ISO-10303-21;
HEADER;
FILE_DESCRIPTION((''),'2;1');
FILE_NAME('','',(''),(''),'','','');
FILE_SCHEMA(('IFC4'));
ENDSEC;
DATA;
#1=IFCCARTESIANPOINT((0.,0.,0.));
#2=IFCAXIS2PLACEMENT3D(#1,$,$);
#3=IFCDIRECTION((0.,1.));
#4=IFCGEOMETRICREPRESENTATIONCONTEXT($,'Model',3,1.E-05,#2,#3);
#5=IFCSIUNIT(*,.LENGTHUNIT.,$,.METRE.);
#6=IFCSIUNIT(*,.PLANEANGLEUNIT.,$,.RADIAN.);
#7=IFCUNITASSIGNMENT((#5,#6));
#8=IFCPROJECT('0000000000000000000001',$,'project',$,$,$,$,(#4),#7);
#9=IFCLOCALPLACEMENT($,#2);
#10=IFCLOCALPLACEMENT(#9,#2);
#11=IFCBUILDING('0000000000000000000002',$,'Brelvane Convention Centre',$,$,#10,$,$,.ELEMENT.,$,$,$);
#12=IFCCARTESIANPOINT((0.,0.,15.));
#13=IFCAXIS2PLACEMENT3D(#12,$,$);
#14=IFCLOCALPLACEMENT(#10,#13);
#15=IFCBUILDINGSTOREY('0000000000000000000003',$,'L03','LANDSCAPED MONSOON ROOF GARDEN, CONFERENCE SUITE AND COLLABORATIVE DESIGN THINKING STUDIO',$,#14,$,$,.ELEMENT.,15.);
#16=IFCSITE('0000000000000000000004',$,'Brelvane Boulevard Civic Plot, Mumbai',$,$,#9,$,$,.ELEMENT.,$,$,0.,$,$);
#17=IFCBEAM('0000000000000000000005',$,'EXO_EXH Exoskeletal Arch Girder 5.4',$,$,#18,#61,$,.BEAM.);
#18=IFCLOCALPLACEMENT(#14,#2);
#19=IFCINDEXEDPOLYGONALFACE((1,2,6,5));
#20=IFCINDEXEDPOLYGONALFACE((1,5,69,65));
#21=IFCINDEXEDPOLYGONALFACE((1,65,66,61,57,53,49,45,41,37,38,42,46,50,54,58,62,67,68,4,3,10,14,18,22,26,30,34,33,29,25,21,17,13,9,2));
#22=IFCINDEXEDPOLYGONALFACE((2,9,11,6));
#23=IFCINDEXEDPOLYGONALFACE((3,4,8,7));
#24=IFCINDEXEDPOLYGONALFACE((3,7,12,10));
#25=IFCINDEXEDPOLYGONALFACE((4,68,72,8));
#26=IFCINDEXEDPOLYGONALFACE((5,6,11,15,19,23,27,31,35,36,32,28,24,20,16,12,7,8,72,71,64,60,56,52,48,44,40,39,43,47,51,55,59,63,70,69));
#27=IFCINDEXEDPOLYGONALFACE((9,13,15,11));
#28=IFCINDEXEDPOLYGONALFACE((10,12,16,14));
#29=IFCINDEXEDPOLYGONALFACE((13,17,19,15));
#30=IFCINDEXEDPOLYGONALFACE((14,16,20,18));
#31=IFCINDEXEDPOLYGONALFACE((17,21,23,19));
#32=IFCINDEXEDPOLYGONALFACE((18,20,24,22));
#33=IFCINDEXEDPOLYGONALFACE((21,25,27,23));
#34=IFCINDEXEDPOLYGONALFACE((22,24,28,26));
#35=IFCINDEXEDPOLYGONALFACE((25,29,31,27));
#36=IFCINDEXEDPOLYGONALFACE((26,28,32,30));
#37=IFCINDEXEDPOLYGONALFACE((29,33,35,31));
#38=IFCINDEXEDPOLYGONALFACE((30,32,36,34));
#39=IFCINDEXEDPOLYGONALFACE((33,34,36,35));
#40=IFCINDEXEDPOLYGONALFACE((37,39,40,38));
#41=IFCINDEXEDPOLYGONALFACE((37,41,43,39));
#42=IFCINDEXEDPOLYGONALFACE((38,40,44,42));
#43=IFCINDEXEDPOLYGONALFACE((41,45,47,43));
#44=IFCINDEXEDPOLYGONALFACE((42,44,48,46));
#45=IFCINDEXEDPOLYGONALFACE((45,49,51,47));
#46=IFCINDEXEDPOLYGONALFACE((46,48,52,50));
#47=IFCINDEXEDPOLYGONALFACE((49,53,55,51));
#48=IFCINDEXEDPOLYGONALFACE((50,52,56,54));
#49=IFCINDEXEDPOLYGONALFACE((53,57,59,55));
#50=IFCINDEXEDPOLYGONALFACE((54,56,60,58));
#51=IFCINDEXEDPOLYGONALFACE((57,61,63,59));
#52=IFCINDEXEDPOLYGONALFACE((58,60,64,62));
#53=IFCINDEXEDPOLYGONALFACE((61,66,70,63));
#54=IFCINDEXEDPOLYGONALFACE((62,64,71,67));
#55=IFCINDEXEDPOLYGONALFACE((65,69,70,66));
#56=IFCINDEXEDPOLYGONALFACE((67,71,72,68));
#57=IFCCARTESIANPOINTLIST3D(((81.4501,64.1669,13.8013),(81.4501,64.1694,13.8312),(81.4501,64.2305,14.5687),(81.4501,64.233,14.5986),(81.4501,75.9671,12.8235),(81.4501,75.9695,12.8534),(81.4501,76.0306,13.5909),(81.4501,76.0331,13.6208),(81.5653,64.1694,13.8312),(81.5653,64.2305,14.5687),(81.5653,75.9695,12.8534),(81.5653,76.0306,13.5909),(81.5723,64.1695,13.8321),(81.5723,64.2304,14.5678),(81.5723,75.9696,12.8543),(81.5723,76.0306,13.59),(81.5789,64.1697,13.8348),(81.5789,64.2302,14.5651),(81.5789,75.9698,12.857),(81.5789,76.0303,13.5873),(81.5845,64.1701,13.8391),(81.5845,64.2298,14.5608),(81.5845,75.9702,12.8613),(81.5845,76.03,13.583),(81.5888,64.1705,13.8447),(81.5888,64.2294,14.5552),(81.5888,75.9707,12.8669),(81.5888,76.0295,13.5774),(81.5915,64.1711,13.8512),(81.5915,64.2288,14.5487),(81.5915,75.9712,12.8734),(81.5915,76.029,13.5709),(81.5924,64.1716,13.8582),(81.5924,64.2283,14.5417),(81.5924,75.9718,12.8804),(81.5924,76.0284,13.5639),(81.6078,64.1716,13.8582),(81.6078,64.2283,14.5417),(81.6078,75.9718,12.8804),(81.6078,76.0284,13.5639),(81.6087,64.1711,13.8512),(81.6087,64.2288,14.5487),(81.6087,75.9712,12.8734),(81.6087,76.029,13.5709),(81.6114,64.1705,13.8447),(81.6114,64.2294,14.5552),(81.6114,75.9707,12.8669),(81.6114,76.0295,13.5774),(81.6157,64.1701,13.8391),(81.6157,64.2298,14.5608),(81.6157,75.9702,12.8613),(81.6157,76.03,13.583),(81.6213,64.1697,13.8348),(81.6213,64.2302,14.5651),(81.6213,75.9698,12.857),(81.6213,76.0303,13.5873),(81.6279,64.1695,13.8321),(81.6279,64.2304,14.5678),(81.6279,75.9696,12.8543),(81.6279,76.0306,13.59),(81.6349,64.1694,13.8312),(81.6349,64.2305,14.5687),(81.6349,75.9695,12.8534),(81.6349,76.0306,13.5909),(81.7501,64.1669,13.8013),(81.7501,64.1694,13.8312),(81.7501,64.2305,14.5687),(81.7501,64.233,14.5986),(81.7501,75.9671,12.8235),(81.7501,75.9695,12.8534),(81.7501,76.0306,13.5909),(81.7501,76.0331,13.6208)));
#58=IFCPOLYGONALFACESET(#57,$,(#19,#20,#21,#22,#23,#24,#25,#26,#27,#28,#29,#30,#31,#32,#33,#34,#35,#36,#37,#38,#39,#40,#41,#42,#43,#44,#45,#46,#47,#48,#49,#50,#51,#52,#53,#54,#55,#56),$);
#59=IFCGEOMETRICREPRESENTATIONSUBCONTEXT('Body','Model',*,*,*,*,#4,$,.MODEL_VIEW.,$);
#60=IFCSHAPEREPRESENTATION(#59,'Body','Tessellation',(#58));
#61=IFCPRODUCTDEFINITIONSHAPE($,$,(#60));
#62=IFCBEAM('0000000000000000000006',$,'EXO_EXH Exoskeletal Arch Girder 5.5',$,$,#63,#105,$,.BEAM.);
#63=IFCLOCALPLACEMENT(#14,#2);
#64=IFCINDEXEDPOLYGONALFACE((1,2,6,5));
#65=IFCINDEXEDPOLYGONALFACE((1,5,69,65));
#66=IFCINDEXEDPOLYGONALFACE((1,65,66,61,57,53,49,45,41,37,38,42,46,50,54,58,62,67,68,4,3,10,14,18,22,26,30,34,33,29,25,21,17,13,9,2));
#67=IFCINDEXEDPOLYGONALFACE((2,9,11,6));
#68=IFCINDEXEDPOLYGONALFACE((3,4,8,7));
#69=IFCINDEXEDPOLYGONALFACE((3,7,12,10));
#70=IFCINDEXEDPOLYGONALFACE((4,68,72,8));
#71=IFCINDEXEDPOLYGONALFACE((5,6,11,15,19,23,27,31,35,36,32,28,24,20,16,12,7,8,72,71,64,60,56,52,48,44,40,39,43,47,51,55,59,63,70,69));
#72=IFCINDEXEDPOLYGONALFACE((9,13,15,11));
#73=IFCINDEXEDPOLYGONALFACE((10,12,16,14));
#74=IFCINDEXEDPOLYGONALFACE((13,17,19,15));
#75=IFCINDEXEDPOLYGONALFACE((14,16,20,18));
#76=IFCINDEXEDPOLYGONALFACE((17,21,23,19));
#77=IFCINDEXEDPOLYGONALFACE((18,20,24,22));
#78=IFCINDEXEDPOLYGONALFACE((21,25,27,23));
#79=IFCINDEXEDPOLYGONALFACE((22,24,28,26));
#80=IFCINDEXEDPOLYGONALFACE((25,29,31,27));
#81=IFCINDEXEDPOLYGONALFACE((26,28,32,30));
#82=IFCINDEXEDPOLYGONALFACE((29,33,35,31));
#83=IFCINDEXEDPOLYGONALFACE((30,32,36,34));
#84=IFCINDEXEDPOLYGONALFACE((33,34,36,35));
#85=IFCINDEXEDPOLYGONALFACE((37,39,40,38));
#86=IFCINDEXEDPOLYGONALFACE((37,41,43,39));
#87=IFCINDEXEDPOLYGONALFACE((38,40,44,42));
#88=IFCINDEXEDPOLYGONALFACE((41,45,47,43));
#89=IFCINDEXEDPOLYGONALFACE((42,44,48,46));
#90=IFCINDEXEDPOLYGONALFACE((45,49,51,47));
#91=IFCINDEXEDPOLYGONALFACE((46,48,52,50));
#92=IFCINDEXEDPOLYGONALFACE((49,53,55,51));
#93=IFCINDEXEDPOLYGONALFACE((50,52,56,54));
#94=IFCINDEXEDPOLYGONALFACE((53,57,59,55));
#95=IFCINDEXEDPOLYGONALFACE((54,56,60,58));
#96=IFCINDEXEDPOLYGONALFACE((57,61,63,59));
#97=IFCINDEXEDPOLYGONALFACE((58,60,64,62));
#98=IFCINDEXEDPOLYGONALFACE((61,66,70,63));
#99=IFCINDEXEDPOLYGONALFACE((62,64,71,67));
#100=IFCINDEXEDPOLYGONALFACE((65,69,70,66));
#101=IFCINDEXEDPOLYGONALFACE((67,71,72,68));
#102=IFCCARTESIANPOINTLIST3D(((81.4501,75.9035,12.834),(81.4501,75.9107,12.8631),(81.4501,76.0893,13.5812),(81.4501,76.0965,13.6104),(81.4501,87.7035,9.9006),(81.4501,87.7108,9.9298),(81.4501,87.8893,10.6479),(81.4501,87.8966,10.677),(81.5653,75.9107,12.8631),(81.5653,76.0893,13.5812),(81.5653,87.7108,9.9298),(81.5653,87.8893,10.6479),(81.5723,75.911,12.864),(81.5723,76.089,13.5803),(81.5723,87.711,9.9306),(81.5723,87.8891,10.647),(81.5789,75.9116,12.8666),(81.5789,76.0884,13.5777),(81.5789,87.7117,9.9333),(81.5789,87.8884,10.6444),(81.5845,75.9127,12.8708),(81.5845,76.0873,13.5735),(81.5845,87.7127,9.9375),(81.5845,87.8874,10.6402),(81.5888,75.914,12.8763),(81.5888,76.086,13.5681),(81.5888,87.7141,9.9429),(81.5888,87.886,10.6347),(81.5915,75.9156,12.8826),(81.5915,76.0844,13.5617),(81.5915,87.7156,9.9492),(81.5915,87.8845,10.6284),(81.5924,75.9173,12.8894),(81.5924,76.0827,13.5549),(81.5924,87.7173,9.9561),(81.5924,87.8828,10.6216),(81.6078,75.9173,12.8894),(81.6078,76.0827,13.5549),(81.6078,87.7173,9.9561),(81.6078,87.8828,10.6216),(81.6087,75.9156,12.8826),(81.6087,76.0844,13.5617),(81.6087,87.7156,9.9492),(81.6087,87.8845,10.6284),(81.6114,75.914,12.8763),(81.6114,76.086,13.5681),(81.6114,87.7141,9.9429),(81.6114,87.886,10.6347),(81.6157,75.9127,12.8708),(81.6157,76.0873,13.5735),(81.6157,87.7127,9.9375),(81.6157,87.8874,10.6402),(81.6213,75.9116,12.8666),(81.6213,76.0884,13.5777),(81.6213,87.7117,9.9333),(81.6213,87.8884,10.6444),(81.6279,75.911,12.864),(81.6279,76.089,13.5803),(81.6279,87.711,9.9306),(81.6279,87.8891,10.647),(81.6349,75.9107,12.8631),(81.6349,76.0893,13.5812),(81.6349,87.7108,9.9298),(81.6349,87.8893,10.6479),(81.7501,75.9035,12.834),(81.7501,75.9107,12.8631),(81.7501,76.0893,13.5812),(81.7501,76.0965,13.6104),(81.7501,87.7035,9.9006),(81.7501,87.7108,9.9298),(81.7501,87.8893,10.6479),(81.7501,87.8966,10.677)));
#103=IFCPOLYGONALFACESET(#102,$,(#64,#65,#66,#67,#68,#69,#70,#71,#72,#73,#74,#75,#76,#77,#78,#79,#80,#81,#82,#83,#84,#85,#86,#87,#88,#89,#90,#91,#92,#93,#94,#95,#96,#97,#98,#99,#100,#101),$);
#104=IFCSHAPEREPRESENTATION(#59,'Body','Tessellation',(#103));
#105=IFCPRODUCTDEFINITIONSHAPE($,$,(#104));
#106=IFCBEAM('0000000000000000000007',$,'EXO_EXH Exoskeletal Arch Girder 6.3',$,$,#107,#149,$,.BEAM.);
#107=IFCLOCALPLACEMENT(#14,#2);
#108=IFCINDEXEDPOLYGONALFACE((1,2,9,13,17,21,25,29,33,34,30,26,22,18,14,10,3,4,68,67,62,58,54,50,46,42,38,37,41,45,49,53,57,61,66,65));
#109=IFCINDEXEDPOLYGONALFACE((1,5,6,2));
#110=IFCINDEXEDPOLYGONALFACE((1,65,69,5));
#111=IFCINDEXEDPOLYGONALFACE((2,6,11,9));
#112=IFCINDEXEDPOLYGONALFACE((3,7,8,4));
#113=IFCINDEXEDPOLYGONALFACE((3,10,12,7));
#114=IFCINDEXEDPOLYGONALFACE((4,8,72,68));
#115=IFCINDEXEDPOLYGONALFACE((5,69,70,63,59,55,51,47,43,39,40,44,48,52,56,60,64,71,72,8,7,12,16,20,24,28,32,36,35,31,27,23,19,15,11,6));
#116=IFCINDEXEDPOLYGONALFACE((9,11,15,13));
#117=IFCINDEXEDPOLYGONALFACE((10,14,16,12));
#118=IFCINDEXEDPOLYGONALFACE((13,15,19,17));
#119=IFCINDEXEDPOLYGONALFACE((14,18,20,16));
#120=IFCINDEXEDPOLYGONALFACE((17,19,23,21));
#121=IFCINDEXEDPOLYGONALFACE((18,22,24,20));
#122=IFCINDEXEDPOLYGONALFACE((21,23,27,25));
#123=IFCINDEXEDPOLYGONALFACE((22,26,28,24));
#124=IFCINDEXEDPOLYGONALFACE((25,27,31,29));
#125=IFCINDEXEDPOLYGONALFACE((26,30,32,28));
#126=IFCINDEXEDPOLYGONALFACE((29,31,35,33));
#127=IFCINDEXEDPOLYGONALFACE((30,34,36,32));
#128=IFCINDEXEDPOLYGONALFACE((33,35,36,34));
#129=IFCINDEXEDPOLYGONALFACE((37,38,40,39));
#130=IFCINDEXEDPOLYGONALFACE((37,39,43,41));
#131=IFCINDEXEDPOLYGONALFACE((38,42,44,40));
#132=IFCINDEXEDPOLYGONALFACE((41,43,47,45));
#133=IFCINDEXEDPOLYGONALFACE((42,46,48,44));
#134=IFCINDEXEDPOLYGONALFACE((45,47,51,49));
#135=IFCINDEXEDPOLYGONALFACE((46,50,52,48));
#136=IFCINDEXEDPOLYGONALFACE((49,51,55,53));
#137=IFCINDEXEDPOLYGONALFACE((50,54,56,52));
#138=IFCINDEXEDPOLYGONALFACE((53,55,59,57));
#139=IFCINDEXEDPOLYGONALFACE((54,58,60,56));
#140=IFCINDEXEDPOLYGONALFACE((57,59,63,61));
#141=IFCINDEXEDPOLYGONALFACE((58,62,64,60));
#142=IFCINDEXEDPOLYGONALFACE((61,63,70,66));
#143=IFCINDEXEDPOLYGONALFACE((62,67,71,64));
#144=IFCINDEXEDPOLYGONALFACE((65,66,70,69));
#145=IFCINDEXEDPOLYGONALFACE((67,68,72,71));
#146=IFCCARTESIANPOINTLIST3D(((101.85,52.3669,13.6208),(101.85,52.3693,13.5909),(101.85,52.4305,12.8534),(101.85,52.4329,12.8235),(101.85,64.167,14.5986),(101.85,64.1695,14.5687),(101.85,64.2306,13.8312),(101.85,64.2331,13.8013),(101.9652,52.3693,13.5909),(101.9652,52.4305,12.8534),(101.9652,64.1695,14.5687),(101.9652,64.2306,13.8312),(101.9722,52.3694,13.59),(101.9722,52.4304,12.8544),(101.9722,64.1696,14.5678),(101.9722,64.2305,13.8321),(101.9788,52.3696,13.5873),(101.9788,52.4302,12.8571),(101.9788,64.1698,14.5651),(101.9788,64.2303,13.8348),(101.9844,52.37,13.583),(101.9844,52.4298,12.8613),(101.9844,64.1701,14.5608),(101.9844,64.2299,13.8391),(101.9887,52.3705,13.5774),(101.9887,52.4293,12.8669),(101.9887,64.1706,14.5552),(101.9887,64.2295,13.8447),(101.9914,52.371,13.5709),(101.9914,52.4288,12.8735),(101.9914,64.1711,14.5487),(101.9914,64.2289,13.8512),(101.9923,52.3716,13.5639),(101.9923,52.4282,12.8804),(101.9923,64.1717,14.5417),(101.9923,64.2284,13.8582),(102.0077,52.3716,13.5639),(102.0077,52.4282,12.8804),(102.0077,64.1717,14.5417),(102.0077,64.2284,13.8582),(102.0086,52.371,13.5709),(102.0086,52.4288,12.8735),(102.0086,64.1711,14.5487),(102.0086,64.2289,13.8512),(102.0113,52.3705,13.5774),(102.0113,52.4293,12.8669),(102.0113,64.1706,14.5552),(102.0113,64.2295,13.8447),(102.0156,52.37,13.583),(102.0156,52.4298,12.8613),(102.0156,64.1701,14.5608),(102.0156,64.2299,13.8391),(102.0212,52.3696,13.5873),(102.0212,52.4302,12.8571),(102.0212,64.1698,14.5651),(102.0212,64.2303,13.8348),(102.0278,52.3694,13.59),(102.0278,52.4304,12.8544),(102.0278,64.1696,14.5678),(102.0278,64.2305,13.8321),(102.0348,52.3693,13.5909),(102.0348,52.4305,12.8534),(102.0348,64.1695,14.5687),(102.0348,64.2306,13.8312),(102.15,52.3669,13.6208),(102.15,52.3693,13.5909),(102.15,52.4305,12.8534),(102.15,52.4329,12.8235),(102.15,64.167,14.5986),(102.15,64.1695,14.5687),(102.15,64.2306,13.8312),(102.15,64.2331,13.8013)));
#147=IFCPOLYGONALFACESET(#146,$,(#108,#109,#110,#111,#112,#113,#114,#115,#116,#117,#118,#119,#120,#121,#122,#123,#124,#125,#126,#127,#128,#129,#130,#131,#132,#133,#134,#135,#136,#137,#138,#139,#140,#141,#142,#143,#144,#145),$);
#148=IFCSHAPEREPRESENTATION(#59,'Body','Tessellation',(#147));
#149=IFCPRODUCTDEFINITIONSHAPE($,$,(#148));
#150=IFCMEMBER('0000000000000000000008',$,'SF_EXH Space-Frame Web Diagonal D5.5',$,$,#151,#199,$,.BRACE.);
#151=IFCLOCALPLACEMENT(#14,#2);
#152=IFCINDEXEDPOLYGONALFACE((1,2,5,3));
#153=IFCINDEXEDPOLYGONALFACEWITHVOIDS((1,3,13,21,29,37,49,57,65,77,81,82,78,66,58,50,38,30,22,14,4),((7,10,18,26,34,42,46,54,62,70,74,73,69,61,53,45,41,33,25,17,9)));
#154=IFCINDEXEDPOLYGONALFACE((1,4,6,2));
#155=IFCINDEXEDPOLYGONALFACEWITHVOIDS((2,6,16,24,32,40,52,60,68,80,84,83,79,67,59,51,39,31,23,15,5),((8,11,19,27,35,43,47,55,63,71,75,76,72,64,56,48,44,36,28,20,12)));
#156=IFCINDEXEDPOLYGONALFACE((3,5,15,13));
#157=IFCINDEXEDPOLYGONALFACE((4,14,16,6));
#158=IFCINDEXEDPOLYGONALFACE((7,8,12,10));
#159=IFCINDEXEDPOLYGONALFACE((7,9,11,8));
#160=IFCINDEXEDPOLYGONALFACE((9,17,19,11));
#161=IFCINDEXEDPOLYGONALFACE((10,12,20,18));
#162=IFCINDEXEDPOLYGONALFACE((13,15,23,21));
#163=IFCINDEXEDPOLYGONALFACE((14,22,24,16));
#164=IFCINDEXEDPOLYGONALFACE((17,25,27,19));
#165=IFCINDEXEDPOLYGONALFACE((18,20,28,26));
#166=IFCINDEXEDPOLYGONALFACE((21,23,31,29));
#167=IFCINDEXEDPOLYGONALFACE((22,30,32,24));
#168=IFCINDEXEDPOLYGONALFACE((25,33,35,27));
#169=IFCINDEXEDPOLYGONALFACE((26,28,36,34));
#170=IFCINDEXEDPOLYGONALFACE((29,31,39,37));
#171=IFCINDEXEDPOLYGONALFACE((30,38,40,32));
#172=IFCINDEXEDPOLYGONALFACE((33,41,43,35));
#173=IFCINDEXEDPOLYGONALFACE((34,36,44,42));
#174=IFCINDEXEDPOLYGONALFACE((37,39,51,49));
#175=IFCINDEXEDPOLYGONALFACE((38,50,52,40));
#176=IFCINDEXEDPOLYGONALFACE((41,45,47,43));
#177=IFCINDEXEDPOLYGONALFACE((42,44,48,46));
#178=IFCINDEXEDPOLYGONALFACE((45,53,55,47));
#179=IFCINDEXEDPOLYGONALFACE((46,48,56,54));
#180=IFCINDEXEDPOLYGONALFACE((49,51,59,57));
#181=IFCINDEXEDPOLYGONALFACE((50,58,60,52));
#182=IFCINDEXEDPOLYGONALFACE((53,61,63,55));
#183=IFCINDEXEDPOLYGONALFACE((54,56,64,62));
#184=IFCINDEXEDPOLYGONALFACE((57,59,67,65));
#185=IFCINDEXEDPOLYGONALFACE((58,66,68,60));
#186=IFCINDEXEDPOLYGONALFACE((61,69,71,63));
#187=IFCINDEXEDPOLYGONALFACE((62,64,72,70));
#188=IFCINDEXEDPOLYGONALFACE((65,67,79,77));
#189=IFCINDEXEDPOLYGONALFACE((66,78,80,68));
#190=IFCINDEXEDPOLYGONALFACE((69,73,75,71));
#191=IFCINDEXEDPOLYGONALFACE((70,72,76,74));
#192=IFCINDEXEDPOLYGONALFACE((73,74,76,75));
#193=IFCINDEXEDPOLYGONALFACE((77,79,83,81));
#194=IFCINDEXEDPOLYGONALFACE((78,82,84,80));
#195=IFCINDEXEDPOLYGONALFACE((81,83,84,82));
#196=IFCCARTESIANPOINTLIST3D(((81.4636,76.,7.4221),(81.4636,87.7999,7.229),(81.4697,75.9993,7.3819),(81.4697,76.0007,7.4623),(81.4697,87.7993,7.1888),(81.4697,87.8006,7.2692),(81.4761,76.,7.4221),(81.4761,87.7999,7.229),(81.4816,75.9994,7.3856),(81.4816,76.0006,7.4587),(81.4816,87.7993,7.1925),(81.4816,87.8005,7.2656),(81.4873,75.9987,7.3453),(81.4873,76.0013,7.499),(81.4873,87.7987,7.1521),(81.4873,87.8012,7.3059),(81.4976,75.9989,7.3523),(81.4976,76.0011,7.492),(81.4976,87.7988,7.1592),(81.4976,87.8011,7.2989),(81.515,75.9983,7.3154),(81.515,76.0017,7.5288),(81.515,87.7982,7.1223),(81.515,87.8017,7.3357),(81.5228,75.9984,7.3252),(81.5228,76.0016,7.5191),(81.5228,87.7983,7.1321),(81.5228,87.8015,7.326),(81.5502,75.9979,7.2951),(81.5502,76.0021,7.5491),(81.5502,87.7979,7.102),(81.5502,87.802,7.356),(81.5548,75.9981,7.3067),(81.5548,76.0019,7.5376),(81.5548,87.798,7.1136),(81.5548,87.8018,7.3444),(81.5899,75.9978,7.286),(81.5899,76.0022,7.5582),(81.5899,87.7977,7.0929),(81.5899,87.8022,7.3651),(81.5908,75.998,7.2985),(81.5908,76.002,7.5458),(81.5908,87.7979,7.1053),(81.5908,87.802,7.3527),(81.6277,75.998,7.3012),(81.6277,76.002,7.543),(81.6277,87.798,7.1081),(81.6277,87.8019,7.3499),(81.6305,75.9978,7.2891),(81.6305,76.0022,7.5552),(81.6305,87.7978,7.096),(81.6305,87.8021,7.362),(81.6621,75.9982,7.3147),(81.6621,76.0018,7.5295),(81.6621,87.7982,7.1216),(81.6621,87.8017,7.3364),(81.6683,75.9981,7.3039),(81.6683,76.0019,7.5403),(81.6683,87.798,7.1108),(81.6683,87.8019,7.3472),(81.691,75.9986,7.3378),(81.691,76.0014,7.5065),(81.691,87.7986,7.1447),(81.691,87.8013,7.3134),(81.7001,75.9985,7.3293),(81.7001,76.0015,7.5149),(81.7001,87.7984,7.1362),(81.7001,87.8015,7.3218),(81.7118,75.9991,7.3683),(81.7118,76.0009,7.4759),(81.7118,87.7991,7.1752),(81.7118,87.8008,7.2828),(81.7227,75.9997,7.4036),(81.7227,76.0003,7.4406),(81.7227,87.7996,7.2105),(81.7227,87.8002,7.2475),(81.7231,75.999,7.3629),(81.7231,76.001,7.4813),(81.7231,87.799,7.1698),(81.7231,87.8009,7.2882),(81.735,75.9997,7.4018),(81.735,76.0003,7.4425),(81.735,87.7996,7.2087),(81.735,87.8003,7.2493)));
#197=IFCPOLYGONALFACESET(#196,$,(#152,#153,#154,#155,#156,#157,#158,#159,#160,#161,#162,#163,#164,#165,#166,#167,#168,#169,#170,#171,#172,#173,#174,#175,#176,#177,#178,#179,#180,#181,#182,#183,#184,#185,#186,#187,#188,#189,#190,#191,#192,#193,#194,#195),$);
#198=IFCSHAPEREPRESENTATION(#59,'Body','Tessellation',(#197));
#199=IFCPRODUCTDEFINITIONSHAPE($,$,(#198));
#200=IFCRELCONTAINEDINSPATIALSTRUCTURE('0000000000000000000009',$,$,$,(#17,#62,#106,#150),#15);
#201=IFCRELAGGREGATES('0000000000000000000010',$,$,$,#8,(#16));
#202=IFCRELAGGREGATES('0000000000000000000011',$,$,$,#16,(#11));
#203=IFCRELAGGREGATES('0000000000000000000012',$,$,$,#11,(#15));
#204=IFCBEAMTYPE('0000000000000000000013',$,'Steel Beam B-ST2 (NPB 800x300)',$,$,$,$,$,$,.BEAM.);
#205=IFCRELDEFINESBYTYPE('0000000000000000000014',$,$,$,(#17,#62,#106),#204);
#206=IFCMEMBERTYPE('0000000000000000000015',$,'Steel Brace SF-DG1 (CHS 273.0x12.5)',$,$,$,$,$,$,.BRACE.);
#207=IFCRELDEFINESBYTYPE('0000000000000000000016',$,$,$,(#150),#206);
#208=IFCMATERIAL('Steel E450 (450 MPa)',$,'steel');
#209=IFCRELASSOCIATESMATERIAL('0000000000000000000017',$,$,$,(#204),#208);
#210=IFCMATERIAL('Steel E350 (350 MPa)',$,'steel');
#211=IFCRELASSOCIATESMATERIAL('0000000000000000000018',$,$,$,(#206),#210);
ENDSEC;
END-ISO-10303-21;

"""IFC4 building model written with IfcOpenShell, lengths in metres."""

from ifc_helpers import new_model, si_unit, direction, frame, origin, origin_2d, place, context, subcontext, project, spatial, hollow_circle, i_section, extrude, material, material_profile, profile_set, type_object, element, save


model = new_model("IFC4")

# Units and contexts
model_context = context("Model", 3, precision=1e-05, world=origin(), true_north=direction((0.0, 1.0)))
body_context = subcontext(model_context, "Body", "Model", "MODEL_VIEW")
ifc_project = project(units=[si_unit("LENGTHUNIT", "METRE"), si_unit("PLANEANGLEUNIT", "RADIAN")], contexts=[model_context])

# Site, building, storey
site_placement = place(None, origin())
site = spatial("IfcSite", under=ifc_project, at=site_placement, Name="Brelvane Boulevard Civic Plot, Mumbai", CompositionType="ELEMENT", RefElevation=0.0)
building_placement = place(site_placement, origin())
building = spatial("IfcBuilding", under=site, at=building_placement, Name="Brelvane Convention Centre", CompositionType="ELEMENT")
storey_placement = place(building_placement, frame((0.0, 0.0, 15.0)))
storey = spatial("IfcBuildingStorey", under=building, at=storey_placement, Name="L03", Description="LANDSCAPED MONSOON ROOF GARDEN, CONFERENCE SUITE AND COLLABORATIVE DESIGN THINKING STUDIO", CompositionType="ELEMENT", Elevation=15.0)

# Beams
ifc_material_1 = material(Name="Steel E450 (450 MPa)", Category="steel")
ifc_material_profile_1 = material_profile(ifc_material_1, i_section(OverallWidth=0.3, OverallDepth=0.8, WebThickness=0.0154, FlangeThickness=0.03, FilletRadius=0.0271, at=origin_2d()), Name="NPB 800x300")
ifc_profile_set_1 = profile_set([ifc_material_profile_1], Name="Steel E450 (450 MPa)")
beam_type = type_object("IfcBeamType", Name="Steel Beam B-ST2 (NPB 800x300)", PredefinedType="BEAM", material=ifc_profile_set_1)
beam_1_placement = place(storey_placement, frame((81.6001, 64.2, 14.2), z_axis=(0.0, 0.996584, -0.08258), x_axis=(-1.0, 0.0, 0.0)))
element("IfcBeam", 1, at=beam_1_placement, inside=storey, type_object=beam_type, Name="EXO_EXH Exoskeletal Arch Girder 5.4", PredefinedType="BEAM", context=body_context, shape_type="SweptSolid", body=[
    extrude(i_section(OverallWidth=0.3, OverallDepth=0.8, WebThickness=0.0154, FlangeThickness=0.03, FilletRadius=0.0271, at=origin_2d()), origin(), (0.0, 0.0, 1.0), 11.8406),
])
beam_2_placement = place(storey_placement, frame((81.6001, 76.0, 13.2222), z_axis=(0.0, 0.970464, -0.241246), x_axis=(-1.0, 0.0, 0.0)))
element("IfcBeam", 2, at=beam_2_placement, inside=storey, type_object=beam_type, Name="EXO_EXH Exoskeletal Arch Girder 5.5", PredefinedType="BEAM", context=body_context, shape_type="SweptSolid", body=[
    extrude(i_section(OverallWidth=0.3, OverallDepth=0.8, WebThickness=0.0154, FlangeThickness=0.03, FilletRadius=0.0271, at=origin_2d()), origin(), (0.0, 0.0, 1.0), 12.1592),
])
beam_3_placement = place(storey_placement, frame((102.0, 52.3999, 13.2222), z_axis=(0.0, 0.996584, 0.08258), x_axis=(-1.0, 0.0, 0.0)))
element("IfcBeam", 3, at=beam_3_placement, inside=storey, type_object=beam_type, Name="EXO_EXH Exoskeletal Arch Girder 6.3", PredefinedType="BEAM", context=body_context, shape_type="SweptSolid", body=[
    extrude(i_section(OverallWidth=0.3, OverallDepth=0.8, WebThickness=0.0154, FlangeThickness=0.03, FilletRadius=0.0271, at=origin_2d()), origin(), (0.0, 0.0, 1.0), 11.8406),
])

# Member
ifc_material_2 = material(Name="Steel E350 (350 MPa)", Category="steel")
ifc_material_profile_2 = material_profile(ifc_material_2, hollow_circle(Radius=0.1365, WallThickness=0.0125, at=origin_2d()), Name="CHS 273.0x12.5")
ifc_profile_set_2 = profile_set([ifc_material_profile_2], Name="Steel E350 (350 MPa)")
member_type_1 = type_object("IfcMemberType", Name="Steel Brace SF-DG1 (CHS 273.0x12.5)", PredefinedType="BRACE", material=ifc_profile_set_2)
member_1_placement = place(storey_placement, frame((81.6001, 76.0, 7.4221), z_axis=(0.0, 0.999866, -0.016363), x_axis=(-1.0, 0.0, 0.0)))
element("IfcMember", 4, at=member_1_placement, inside=storey, type_object=member_type_1, Name="SF_EXH Space-Frame Web Diagonal D5.5", PredefinedType="BRACE", context=body_context, shape_type="SweptSolid", body=[
    extrude(hollow_circle(Radius=0.1365, WallThickness=0.0125, at=origin_2d()), origin(), (0.0, 0.0, 1.0), 11.8015),
])

save(model, "model.ifc")
